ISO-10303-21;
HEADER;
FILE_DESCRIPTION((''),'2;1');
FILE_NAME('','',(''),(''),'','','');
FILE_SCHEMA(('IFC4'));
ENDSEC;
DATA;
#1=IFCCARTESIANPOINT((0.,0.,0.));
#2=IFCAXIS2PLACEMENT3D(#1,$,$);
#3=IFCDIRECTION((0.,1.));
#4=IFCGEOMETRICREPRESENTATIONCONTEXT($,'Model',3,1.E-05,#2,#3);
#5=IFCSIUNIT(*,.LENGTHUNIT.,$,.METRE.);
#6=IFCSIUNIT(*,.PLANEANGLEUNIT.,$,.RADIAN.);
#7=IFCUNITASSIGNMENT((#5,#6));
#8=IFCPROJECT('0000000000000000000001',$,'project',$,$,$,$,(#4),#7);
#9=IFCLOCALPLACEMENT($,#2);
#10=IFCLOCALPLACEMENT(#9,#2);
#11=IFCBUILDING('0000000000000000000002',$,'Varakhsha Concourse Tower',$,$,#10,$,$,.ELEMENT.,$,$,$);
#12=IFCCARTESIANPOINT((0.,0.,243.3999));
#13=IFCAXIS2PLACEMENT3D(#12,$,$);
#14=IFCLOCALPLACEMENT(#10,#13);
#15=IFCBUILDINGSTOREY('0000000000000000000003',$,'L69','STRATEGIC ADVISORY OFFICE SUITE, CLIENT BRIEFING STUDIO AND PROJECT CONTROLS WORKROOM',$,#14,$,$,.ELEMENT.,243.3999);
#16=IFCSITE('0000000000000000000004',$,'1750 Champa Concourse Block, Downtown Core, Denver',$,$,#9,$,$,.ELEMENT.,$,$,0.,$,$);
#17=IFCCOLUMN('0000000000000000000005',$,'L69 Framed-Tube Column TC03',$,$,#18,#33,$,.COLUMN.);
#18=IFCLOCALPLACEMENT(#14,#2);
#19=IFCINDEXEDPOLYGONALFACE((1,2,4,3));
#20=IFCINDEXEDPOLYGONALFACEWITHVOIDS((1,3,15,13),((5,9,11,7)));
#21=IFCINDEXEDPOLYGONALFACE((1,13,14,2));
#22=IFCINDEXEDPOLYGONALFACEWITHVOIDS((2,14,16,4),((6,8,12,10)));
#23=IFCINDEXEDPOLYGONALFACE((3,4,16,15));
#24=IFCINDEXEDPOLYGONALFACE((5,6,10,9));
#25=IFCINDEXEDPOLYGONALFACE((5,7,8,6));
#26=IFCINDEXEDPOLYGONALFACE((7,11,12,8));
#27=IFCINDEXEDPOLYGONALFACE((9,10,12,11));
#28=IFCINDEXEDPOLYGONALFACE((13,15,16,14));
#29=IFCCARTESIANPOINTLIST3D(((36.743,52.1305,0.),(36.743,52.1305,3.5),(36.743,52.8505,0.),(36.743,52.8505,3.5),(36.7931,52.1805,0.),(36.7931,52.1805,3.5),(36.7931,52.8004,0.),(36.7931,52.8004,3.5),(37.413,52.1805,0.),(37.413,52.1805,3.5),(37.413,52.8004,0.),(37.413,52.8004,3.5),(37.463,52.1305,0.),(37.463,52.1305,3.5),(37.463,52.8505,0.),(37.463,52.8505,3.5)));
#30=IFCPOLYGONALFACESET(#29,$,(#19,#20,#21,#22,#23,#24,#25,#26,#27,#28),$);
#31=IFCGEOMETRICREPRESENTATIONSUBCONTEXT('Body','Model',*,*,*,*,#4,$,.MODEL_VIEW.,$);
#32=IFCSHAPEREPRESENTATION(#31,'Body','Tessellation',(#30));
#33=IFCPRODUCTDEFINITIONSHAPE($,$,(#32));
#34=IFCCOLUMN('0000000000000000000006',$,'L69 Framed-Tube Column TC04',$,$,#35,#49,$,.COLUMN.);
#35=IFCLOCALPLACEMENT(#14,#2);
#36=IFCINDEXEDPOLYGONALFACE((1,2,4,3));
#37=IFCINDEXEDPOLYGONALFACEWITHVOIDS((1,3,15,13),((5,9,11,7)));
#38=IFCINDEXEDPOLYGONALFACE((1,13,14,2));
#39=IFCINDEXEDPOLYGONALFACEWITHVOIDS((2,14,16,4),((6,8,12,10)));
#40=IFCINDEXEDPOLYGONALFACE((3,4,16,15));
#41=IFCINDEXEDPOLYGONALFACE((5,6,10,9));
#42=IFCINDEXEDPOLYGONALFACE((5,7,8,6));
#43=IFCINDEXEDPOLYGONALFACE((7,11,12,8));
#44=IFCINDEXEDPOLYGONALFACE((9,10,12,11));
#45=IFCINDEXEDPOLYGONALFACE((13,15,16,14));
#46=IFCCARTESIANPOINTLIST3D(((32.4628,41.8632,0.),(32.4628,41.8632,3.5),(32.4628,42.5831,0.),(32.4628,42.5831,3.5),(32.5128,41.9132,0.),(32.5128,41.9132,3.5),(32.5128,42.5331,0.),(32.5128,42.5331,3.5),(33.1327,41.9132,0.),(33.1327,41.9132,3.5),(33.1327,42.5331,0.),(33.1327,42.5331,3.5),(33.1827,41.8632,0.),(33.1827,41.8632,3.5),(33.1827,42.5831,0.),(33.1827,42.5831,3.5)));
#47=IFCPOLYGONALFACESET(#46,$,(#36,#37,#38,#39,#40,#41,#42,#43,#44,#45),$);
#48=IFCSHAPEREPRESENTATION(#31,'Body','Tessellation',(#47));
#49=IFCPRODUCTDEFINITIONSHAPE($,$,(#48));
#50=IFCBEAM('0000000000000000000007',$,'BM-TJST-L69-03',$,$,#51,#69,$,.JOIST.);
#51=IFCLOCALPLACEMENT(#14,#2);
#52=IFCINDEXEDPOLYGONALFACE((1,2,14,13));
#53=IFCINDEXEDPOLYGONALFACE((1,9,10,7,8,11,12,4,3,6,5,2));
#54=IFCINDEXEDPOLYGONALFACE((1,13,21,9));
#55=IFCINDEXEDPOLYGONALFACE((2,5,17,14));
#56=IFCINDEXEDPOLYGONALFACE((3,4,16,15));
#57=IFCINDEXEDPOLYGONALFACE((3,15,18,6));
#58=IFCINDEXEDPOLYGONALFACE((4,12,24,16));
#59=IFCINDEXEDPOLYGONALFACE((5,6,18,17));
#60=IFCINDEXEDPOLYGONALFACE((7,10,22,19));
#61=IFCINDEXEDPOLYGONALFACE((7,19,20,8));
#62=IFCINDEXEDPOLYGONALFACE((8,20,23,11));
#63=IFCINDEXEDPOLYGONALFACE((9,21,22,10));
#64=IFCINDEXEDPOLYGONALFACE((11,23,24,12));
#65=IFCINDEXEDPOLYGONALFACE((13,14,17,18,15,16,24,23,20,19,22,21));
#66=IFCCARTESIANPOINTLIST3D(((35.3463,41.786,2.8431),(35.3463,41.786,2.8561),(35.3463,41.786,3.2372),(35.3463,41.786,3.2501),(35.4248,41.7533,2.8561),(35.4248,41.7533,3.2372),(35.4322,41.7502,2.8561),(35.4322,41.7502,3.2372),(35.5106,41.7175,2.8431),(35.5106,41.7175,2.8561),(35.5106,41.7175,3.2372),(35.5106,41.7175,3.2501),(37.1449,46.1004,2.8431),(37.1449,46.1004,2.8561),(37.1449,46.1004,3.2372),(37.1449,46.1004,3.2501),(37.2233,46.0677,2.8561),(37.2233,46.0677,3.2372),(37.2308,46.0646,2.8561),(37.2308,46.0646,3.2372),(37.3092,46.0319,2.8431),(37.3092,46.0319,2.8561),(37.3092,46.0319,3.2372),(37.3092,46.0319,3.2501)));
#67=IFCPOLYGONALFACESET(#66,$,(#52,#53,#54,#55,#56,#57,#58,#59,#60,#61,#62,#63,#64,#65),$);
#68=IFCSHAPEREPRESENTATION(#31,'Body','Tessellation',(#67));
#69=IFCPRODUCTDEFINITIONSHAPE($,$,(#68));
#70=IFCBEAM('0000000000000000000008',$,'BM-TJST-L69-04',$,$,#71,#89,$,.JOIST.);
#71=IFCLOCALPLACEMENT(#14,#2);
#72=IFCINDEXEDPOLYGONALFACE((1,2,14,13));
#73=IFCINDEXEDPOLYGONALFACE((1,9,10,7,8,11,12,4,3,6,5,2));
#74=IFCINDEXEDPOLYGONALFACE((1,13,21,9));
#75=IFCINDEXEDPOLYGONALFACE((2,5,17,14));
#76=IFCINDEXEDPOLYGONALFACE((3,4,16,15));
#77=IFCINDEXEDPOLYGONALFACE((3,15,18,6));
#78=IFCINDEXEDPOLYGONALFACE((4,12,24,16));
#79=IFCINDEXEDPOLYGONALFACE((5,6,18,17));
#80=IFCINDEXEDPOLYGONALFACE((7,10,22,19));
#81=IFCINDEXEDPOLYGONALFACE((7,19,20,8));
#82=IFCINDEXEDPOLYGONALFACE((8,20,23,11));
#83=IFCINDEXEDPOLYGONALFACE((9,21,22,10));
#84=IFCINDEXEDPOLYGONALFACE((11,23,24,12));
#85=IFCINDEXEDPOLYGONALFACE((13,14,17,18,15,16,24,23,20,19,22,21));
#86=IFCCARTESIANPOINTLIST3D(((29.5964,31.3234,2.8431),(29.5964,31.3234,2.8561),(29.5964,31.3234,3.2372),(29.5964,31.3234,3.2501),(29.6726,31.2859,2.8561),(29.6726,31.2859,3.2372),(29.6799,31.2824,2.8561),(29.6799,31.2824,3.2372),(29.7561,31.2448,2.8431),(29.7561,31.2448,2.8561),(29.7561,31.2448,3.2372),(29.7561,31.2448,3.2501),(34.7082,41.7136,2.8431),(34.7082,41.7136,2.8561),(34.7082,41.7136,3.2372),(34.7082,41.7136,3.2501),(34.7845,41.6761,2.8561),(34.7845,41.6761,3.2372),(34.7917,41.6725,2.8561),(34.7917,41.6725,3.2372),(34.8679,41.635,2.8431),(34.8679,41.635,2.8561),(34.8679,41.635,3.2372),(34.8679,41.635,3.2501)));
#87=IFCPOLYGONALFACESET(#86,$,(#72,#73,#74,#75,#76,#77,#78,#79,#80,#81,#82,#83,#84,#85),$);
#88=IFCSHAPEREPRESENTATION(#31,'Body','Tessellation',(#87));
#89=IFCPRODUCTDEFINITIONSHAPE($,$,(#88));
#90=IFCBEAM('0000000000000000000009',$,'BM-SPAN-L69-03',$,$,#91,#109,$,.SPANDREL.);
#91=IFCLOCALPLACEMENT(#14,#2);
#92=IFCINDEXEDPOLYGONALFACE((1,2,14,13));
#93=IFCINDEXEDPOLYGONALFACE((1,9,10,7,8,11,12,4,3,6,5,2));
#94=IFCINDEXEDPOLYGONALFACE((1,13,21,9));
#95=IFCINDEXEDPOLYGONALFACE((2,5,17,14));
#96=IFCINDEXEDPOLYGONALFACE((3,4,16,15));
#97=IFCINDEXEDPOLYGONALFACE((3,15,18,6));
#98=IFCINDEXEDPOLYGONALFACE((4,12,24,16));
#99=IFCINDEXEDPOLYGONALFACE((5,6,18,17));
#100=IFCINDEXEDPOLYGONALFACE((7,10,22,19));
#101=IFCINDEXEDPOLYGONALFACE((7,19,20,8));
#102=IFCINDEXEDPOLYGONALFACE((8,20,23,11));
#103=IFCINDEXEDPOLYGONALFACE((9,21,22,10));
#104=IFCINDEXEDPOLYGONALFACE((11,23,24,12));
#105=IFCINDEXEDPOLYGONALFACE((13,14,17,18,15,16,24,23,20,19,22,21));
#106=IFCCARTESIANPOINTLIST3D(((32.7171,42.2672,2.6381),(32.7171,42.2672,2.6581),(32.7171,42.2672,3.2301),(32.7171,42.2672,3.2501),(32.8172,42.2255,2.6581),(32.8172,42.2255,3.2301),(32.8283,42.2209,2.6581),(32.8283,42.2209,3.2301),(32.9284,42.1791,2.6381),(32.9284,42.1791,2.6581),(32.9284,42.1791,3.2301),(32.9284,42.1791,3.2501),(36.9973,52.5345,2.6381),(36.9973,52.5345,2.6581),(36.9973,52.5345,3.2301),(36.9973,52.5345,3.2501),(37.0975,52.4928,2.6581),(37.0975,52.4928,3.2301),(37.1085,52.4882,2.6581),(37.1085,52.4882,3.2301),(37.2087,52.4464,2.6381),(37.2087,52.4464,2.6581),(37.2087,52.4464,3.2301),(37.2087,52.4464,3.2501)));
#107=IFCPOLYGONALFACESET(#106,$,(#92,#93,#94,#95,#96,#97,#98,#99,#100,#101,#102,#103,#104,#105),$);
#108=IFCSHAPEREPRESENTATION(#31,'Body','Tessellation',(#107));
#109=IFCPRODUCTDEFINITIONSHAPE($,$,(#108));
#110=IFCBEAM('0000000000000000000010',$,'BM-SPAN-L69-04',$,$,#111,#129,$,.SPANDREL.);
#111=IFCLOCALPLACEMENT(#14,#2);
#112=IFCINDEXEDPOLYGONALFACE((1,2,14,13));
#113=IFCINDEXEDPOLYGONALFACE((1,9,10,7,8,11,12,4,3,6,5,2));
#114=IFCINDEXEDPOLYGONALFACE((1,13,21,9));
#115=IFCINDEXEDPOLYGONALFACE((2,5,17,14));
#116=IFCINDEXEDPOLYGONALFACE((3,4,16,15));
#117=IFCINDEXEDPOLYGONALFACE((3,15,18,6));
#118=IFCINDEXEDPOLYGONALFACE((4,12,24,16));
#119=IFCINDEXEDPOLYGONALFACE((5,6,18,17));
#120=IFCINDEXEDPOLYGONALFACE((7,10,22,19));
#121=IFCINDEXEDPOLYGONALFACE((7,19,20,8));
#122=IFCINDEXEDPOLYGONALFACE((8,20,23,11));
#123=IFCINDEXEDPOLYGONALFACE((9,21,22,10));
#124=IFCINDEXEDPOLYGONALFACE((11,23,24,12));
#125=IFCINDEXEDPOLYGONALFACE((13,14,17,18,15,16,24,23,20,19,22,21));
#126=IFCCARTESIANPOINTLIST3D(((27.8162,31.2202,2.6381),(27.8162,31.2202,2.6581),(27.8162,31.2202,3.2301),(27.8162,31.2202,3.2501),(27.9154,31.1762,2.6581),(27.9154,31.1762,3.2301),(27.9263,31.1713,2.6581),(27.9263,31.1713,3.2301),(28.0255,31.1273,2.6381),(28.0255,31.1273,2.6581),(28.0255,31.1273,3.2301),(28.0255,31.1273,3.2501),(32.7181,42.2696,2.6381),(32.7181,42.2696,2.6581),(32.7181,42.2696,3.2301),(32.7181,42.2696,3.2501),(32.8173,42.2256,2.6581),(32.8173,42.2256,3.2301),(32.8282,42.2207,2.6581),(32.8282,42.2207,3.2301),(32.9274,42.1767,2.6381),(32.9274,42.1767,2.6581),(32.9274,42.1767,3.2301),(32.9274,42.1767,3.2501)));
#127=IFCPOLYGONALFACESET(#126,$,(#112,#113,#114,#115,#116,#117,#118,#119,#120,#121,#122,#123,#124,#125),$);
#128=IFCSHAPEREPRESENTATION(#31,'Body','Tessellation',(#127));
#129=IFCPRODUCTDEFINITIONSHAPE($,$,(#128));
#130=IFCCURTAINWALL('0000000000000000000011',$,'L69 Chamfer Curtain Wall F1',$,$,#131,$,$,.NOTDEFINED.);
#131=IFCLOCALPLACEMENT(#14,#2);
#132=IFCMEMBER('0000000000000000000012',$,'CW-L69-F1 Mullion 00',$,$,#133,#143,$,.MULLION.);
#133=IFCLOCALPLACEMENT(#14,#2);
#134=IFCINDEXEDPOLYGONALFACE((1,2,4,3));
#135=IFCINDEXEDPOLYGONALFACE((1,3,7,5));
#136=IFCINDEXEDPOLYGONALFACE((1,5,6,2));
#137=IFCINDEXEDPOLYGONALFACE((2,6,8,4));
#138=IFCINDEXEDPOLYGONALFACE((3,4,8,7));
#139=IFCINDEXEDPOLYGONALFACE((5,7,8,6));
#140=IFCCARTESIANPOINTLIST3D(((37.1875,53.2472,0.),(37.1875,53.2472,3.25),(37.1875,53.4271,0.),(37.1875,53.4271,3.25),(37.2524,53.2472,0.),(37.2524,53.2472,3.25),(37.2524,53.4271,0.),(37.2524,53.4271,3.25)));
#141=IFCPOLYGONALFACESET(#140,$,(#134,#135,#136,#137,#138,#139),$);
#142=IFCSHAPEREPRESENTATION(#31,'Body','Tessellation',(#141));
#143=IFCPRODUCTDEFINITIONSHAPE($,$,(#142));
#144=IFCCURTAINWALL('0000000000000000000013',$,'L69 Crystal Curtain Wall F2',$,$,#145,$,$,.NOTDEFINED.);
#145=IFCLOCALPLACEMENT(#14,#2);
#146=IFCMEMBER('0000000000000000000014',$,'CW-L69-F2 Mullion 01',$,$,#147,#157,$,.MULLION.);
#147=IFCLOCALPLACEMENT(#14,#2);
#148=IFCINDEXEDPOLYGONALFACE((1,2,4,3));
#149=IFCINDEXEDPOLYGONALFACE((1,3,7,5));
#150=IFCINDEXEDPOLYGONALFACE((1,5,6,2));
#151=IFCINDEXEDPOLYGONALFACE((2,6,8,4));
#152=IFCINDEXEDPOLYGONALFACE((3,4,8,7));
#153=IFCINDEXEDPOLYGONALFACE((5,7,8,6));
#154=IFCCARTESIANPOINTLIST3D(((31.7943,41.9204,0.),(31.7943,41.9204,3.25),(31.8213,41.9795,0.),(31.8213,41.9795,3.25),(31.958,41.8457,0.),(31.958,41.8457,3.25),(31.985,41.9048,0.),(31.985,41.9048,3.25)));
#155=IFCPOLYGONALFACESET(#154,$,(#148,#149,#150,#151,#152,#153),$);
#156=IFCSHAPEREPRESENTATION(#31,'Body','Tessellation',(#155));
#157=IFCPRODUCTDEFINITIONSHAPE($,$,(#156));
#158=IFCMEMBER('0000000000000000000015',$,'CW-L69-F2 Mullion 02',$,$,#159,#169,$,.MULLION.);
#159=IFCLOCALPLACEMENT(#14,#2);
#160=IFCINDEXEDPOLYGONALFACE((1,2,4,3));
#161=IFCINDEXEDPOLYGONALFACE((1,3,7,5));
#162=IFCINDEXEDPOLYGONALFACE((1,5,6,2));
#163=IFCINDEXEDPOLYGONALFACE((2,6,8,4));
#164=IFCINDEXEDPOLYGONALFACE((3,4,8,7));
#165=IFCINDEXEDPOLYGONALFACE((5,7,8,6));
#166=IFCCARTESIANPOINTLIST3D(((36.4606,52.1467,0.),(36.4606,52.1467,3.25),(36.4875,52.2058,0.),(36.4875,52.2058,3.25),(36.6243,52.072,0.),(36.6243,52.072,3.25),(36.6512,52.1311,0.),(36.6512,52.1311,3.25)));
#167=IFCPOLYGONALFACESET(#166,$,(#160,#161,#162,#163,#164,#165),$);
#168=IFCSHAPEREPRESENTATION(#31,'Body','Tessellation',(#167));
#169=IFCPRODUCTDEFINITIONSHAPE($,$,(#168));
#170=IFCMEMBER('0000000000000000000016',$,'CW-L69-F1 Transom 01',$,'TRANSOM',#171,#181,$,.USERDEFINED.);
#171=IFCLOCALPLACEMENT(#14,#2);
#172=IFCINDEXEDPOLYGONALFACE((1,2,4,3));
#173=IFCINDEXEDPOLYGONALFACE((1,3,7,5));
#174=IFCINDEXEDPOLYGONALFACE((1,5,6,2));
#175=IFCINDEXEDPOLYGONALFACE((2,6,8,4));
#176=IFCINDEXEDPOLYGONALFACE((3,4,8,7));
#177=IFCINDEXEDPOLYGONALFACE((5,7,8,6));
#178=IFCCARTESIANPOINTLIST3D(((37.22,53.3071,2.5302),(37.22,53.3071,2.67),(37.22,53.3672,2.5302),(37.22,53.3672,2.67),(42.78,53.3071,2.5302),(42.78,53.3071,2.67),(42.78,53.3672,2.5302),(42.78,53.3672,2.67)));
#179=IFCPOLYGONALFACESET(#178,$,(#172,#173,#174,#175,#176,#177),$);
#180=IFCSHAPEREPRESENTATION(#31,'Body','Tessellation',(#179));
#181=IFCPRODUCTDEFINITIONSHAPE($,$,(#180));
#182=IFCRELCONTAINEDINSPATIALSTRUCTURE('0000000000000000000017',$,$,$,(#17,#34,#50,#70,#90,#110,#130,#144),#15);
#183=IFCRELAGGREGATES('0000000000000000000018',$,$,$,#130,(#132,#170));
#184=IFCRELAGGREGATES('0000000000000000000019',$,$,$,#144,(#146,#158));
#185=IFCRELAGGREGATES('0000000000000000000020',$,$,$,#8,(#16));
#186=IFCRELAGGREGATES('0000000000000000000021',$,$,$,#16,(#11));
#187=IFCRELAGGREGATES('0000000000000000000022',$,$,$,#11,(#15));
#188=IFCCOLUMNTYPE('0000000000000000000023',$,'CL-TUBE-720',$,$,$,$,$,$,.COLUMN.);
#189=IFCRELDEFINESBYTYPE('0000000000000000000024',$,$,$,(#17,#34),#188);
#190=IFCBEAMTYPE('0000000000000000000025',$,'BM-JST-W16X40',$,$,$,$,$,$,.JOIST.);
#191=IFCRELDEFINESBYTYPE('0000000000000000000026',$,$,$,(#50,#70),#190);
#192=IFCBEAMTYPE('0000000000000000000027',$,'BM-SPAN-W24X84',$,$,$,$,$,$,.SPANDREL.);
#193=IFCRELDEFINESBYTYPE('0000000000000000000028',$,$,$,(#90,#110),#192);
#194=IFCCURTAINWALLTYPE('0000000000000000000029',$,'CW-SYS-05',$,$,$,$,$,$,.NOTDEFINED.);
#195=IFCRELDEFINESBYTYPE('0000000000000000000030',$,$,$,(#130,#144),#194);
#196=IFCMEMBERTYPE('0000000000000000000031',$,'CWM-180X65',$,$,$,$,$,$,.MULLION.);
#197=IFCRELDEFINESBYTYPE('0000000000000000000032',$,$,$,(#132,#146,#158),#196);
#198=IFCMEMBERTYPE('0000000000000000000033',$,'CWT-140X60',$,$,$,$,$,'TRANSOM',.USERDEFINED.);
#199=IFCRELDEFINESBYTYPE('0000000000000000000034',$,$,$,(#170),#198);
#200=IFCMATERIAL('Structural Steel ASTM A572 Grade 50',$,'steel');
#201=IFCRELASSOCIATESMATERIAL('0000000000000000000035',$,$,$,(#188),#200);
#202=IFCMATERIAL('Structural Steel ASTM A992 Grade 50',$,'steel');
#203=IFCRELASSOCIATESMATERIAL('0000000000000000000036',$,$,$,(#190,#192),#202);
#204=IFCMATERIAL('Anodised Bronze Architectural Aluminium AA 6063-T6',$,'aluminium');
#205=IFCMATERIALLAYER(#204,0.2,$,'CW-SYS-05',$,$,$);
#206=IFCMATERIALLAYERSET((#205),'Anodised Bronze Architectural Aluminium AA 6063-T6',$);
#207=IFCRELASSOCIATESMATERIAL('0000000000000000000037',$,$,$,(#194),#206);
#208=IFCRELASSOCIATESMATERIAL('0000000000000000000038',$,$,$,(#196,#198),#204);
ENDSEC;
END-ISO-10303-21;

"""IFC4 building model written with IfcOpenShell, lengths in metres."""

from ifc_helpers import new_model, si_unit, direction, frame, origin, origin_2d, place, context, subcontext, project, spatial, rectangle, hollow_rectangle, i_section, extrude, source, transform, mapped, material, layer, layer_set, material_profile, profile_set, type_object, type_shapes, element, aggregate, save


model = new_model("IFC4")

# Units and contexts
model_context = context("Model", 3, precision=1e-05, world=origin(), true_north=direction((0.0, 1.0)))
body_context = subcontext(model_context, "Body", "Model", "MODEL_VIEW")
ifc_project = project(units=[si_unit("LENGTHUNIT", "METRE"), si_unit("PLANEANGLEUNIT", "RADIAN")], contexts=[model_context])

# Site, building, storey
site_placement = place(None, origin())
site = spatial("IfcSite", under=ifc_project, at=site_placement, Name="1750 Champa Concourse Block, Downtown Core, Denver", CompositionType="ELEMENT", RefElevation=0.0)
building_placement = place(site_placement, origin())
building = spatial("IfcBuilding", under=site, at=building_placement, Name="Varakhsha Concourse Tower", CompositionType="ELEMENT")
storey_placement = place(building_placement, frame((0.0, 0.0, 243.3999)))
storey = spatial("IfcBuildingStorey", under=building, at=storey_placement, Name="L69", Description="STRATEGIC ADVISORY OFFICE SUITE, CLIENT BRIEFING STUDIO AND PROJECT CONTROLS WORKROOM", CompositionType="ELEMENT", Elevation=243.3999)

# Columns
ifc_material_1 = material(Name="Structural Steel ASTM A572 Grade 50", Category="steel")
ifc_material_profile_1 = material_profile(ifc_material_1, hollow_rectangle(XDim=0.72, YDim=0.72, WallThickness=0.05, at=origin_2d()), Name="BOX 720x720x50")
ifc_profile_set_1 = profile_set([ifc_material_profile_1], Name="Structural Steel ASTM A572 Grade 50")
column_type = type_object("IfcColumnType", Name="CL-TUBE-720", PredefinedType="COLUMN", material=ifc_profile_set_1)
for number, where, z_axis, x_axis, name in (
    (1, (37.103, 52.4905, 0.0), (0.0, 0.0, 1.0), (1.0, 0.0, 0.0), "L69 Framed-Tube Column TC03"),
    (2, (32.8228, 42.2231, 0.0), (0.0, 0.0, 1.0), (1.0, 0.0, 0.0), "L69 Framed-Tube Column TC04"),
):
    element("IfcColumn", number, at=place(storey_placement, frame(where, z_axis=z_axis, x_axis=x_axis)), inside=storey, type_object=column_type, Name=name, PredefinedType="COLUMN", context=body_context, shape_type="SweptSolid", body=[
        extrude(hollow_rectangle(XDim=0.72, YDim=0.72, WallThickness=0.05, at=origin_2d()), origin(), (0.0, 0.0, 1.0), 3.5),
    ])

# Beams
ifc_material_2 = material(Name="Structural Steel ASTM A992 Grade 50", Category="steel")
ifc_material_profile_2 = material_profile(ifc_material_2, i_section(OverallWidth=0.178, OverallDepth=0.407, WebThickness=0.0081, FlangeThickness=0.0129, at=origin_2d()), Name="W16X40")
ifc_profile_set_2 = profile_set([ifc_material_profile_2], Name="Structural Steel ASTM A992 Grade 50")
beam_type_1 = type_object("IfcBeamType", Name="BM-JST-W16X40", PredefinedType="JOIST", material=ifc_profile_set_2)
beam_1_placement = place(storey_placement, frame((37.2271, 46.0662, 3.0466), z_axis=(-0.384779, -0.923009, 0.0), x_axis=(0.923009, -0.384779, 0.0)))
element("IfcBeam", 3, at=beam_1_placement, inside=storey, type_object=beam_type_1, Name="BM-TJST-L69-03", PredefinedType="JOIST", context=body_context, shape_type="SweptSolid", body=[
    extrude(i_section(OverallWidth=0.178, OverallDepth=0.407, WebThickness=0.0081, FlangeThickness=0.0129, at=origin_2d()), origin(), (0.0, 0.0, 1.0), 4.6743),
])
beam_2_placement = place(storey_placement, frame((34.7881, 41.6743, 3.0466), z_axis=(-0.441453, -0.897285, 0.0), x_axis=(0.897285, -0.441453, 0.0)))
element("IfcBeam", 4, at=beam_2_placement, inside=storey, type_object=beam_type_1, Name="BM-TJST-L69-04", PredefinedType="JOIST", context=body_context, shape_type="SweptSolid", body=[
    extrude(i_section(OverallWidth=0.178, OverallDepth=0.407, WebThickness=0.0081, FlangeThickness=0.0129, at=origin_2d()), origin(), (0.0, 0.0, 1.0), 11.5796),
])
ifc_material_profile_3 = material_profile(ifc_material_2, i_section(OverallWidth=0.229, OverallDepth=0.6121, WebThickness=0.012, FlangeThickness=0.02, at=origin_2d()), Name="W24X84")
ifc_profile_set_3 = profile_set([ifc_material_profile_3], Name="Structural Steel ASTM A992 Grade 50")
beam_type_2 = type_object("IfcBeamType", Name="BM-SPAN-W24X84", PredefinedType="SPANDREL", material=ifc_profile_set_3)
beam_3_placement = place(storey_placement, frame((37.103, 52.4905, 2.9441), z_axis=(-0.384785, -0.923006, 0.0), x_axis=(0.923006, -0.384785, 0.0)))
element("IfcBeam", 5, at=beam_3_placement, inside=storey, type_object=beam_type_2, Name="BM-SPAN-L69-03", PredefinedType="SPANDREL", context=body_context, shape_type="SweptSolid", body=[
    extrude(i_section(OverallWidth=0.229, OverallDepth=0.6121, WebThickness=0.012, FlangeThickness=0.02, at=origin_2d()), origin(), (0.0, 0.0, 1.0), 11.1238),
])
beam_4_placement = place(storey_placement, frame((32.8228, 42.2231, 2.9441), z_axis=(-0.40552, -0.914086, 0.0), x_axis=(0.914086, -0.40552, 0.0)))
element("IfcBeam", 6, at=beam_4_placement, inside=storey, type_object=beam_type_2, Name="BM-SPAN-L69-04", PredefinedType="SPANDREL", context=body_context, shape_type="SweptSolid", body=[
    extrude(i_section(OverallWidth=0.229, OverallDepth=0.6121, WebThickness=0.012, FlangeThickness=0.02, at=origin_2d()), origin(), (0.0, 0.0, 1.0), 12.0879),
])

# Curtain wall, member
ifc_material_3 = material(Name="Anodised Bronze Architectural Aluminium AA 6063-T6", Category="aluminium")
ifc_layer_1 = layer(ifc_material_3, 0.2, Name="CW-SYS-05")
ifc_layer_set_1 = layer_set([ifc_layer_1], Name="Anodised Bronze Architectural Aluminium AA 6063-T6")
curtain_wall_type = type_object("IfcCurtainWallType", Name="CW-SYS-05", PredefinedType="NOTDEFINED", material=ifc_layer_set_1)
curtain_wall_1_placement = place(storey_placement, origin())
curtain_wall_1 = element("IfcCurtainWall", 7, at=curtain_wall_1_placement, inside=storey, type_object=curtain_wall_type, Name="L69 Chamfer Curtain Wall F1", PredefinedType="NOTDEFINED")
ifc_material_profile_4 = material_profile(ifc_material_3, rectangle(XDim=0.0649, YDim=0.1799, at=origin_2d()), Name="CWM-180X65")
ifc_profile_set_4 = profile_set([ifc_material_profile_4], Name="Anodised Bronze Architectural Aluminium AA 6063-T6")
member_type_1 = type_object("IfcMemberType", Name="CWM-180X65", PredefinedType="MULLION", material=ifc_profile_set_4)
shared_shape_1 = source(origin(), body_context, "Body", "SweptSolid", [
    extrude(rectangle(XDim=0.0649, YDim=0.1799, at=origin_2d()), origin(), (0.0, 0.0, 1.0), 3.25),
])
type_shapes(member_type_1, [shared_shape_1])
member_1_placement = place(storey_placement, frame((37.22, 53.3372, 0.0), z_axis=(0.0, 0.0, 1.0), x_axis=(1.0, 0.0, 0.0)))
member_1 = element("IfcMember", 8, at=member_1_placement, type_object=member_type_1, Name="CW-L69-F1 Mullion 00", PredefinedType="MULLION", context=body_context, shape_type="MappedRepresentation", body=[
    mapped(shared_shape_1, transform((0.0, 0.0, 0.0), scale=1.0)),
])

# Curtain wall, members
curtain_wall_2_placement = place(storey_placement, origin())
curtain_wall_2 = element("IfcCurtainWall", 9, at=curtain_wall_2_placement, inside=storey, type_object=curtain_wall_type, Name="L69 Crystal Curtain Wall F2", PredefinedType="NOTDEFINED")
member_2_placement = place(storey_placement, frame((31.8896, 41.9126, 0.0), z_axis=(0.0, 0.0, 1.0), x_axis=(0.415133, 0.909761, 0.0)))
member_2 = element("IfcMember", 10, at=member_2_placement, type_object=member_type_1, Name="CW-L69-F2 Mullion 01", PredefinedType="MULLION", context=body_context, shape_type="MappedRepresentation", body=[
    mapped(shared_shape_1, transform((0.0, 0.0, 0.0), scale=1.0)),
])
member_3_placement = place(storey_placement, frame((36.5559, 52.1389, 0.0), z_axis=(0.0, 0.0, 1.0), x_axis=(0.415133, 0.909761, 0.0)))
member_3 = element("IfcMember", 11, at=member_3_placement, type_object=member_type_1, Name="CW-L69-F2 Mullion 02", PredefinedType="MULLION", context=body_context, shape_type="MappedRepresentation", body=[
    mapped(shared_shape_1, transform((0.0, 0.0, 0.0), scale=1.0)),
])

# Member
ifc_material_profile_5 = material_profile(ifc_material_3, rectangle(XDim=0.0601, YDim=0.1399, at=origin_2d()), Name="CWT-140X60")
ifc_profile_set_5 = profile_set([ifc_material_profile_5], Name="Anodised Bronze Architectural Aluminium AA 6063-T6")
member_type_2 = type_object("IfcMemberType", Name="CWT-140X60", ElementType="TRANSOM", PredefinedType="USERDEFINED", material=ifc_profile_set_5)
shared_shape_2 = source(origin(), body_context, "Body", "SweptSolid", [
    extrude(rectangle(XDim=0.0601, YDim=0.1399, at=origin_2d()), origin(), (0.0, 0.0, 1.0), 5.5601),
])
type_shapes(member_type_2, [shared_shape_2])
member_4_placement = place(storey_placement, frame((37.22, 53.3372, 2.6001), z_axis=(1.0, 0.0, 0.0), x_axis=(0.0, 1.0, 0.0)))
member_4 = element("IfcMember", 12, at=member_4_placement, type_object=member_type_2, Name="CW-L69-F1 Transom 01", ObjectType="TRANSOM", PredefinedType="USERDEFINED", context=body_context, shape_type="MappedRepresentation", body=[
    mapped(shared_shape_2, transform((0.0, 0.0, 0.0), scale=1.0)),
])
aggregate(curtain_wall_1, [member_1, member_4])

aggregate(curtain_wall_2, [member_2, member_3])

save(model, "model.ifc")
